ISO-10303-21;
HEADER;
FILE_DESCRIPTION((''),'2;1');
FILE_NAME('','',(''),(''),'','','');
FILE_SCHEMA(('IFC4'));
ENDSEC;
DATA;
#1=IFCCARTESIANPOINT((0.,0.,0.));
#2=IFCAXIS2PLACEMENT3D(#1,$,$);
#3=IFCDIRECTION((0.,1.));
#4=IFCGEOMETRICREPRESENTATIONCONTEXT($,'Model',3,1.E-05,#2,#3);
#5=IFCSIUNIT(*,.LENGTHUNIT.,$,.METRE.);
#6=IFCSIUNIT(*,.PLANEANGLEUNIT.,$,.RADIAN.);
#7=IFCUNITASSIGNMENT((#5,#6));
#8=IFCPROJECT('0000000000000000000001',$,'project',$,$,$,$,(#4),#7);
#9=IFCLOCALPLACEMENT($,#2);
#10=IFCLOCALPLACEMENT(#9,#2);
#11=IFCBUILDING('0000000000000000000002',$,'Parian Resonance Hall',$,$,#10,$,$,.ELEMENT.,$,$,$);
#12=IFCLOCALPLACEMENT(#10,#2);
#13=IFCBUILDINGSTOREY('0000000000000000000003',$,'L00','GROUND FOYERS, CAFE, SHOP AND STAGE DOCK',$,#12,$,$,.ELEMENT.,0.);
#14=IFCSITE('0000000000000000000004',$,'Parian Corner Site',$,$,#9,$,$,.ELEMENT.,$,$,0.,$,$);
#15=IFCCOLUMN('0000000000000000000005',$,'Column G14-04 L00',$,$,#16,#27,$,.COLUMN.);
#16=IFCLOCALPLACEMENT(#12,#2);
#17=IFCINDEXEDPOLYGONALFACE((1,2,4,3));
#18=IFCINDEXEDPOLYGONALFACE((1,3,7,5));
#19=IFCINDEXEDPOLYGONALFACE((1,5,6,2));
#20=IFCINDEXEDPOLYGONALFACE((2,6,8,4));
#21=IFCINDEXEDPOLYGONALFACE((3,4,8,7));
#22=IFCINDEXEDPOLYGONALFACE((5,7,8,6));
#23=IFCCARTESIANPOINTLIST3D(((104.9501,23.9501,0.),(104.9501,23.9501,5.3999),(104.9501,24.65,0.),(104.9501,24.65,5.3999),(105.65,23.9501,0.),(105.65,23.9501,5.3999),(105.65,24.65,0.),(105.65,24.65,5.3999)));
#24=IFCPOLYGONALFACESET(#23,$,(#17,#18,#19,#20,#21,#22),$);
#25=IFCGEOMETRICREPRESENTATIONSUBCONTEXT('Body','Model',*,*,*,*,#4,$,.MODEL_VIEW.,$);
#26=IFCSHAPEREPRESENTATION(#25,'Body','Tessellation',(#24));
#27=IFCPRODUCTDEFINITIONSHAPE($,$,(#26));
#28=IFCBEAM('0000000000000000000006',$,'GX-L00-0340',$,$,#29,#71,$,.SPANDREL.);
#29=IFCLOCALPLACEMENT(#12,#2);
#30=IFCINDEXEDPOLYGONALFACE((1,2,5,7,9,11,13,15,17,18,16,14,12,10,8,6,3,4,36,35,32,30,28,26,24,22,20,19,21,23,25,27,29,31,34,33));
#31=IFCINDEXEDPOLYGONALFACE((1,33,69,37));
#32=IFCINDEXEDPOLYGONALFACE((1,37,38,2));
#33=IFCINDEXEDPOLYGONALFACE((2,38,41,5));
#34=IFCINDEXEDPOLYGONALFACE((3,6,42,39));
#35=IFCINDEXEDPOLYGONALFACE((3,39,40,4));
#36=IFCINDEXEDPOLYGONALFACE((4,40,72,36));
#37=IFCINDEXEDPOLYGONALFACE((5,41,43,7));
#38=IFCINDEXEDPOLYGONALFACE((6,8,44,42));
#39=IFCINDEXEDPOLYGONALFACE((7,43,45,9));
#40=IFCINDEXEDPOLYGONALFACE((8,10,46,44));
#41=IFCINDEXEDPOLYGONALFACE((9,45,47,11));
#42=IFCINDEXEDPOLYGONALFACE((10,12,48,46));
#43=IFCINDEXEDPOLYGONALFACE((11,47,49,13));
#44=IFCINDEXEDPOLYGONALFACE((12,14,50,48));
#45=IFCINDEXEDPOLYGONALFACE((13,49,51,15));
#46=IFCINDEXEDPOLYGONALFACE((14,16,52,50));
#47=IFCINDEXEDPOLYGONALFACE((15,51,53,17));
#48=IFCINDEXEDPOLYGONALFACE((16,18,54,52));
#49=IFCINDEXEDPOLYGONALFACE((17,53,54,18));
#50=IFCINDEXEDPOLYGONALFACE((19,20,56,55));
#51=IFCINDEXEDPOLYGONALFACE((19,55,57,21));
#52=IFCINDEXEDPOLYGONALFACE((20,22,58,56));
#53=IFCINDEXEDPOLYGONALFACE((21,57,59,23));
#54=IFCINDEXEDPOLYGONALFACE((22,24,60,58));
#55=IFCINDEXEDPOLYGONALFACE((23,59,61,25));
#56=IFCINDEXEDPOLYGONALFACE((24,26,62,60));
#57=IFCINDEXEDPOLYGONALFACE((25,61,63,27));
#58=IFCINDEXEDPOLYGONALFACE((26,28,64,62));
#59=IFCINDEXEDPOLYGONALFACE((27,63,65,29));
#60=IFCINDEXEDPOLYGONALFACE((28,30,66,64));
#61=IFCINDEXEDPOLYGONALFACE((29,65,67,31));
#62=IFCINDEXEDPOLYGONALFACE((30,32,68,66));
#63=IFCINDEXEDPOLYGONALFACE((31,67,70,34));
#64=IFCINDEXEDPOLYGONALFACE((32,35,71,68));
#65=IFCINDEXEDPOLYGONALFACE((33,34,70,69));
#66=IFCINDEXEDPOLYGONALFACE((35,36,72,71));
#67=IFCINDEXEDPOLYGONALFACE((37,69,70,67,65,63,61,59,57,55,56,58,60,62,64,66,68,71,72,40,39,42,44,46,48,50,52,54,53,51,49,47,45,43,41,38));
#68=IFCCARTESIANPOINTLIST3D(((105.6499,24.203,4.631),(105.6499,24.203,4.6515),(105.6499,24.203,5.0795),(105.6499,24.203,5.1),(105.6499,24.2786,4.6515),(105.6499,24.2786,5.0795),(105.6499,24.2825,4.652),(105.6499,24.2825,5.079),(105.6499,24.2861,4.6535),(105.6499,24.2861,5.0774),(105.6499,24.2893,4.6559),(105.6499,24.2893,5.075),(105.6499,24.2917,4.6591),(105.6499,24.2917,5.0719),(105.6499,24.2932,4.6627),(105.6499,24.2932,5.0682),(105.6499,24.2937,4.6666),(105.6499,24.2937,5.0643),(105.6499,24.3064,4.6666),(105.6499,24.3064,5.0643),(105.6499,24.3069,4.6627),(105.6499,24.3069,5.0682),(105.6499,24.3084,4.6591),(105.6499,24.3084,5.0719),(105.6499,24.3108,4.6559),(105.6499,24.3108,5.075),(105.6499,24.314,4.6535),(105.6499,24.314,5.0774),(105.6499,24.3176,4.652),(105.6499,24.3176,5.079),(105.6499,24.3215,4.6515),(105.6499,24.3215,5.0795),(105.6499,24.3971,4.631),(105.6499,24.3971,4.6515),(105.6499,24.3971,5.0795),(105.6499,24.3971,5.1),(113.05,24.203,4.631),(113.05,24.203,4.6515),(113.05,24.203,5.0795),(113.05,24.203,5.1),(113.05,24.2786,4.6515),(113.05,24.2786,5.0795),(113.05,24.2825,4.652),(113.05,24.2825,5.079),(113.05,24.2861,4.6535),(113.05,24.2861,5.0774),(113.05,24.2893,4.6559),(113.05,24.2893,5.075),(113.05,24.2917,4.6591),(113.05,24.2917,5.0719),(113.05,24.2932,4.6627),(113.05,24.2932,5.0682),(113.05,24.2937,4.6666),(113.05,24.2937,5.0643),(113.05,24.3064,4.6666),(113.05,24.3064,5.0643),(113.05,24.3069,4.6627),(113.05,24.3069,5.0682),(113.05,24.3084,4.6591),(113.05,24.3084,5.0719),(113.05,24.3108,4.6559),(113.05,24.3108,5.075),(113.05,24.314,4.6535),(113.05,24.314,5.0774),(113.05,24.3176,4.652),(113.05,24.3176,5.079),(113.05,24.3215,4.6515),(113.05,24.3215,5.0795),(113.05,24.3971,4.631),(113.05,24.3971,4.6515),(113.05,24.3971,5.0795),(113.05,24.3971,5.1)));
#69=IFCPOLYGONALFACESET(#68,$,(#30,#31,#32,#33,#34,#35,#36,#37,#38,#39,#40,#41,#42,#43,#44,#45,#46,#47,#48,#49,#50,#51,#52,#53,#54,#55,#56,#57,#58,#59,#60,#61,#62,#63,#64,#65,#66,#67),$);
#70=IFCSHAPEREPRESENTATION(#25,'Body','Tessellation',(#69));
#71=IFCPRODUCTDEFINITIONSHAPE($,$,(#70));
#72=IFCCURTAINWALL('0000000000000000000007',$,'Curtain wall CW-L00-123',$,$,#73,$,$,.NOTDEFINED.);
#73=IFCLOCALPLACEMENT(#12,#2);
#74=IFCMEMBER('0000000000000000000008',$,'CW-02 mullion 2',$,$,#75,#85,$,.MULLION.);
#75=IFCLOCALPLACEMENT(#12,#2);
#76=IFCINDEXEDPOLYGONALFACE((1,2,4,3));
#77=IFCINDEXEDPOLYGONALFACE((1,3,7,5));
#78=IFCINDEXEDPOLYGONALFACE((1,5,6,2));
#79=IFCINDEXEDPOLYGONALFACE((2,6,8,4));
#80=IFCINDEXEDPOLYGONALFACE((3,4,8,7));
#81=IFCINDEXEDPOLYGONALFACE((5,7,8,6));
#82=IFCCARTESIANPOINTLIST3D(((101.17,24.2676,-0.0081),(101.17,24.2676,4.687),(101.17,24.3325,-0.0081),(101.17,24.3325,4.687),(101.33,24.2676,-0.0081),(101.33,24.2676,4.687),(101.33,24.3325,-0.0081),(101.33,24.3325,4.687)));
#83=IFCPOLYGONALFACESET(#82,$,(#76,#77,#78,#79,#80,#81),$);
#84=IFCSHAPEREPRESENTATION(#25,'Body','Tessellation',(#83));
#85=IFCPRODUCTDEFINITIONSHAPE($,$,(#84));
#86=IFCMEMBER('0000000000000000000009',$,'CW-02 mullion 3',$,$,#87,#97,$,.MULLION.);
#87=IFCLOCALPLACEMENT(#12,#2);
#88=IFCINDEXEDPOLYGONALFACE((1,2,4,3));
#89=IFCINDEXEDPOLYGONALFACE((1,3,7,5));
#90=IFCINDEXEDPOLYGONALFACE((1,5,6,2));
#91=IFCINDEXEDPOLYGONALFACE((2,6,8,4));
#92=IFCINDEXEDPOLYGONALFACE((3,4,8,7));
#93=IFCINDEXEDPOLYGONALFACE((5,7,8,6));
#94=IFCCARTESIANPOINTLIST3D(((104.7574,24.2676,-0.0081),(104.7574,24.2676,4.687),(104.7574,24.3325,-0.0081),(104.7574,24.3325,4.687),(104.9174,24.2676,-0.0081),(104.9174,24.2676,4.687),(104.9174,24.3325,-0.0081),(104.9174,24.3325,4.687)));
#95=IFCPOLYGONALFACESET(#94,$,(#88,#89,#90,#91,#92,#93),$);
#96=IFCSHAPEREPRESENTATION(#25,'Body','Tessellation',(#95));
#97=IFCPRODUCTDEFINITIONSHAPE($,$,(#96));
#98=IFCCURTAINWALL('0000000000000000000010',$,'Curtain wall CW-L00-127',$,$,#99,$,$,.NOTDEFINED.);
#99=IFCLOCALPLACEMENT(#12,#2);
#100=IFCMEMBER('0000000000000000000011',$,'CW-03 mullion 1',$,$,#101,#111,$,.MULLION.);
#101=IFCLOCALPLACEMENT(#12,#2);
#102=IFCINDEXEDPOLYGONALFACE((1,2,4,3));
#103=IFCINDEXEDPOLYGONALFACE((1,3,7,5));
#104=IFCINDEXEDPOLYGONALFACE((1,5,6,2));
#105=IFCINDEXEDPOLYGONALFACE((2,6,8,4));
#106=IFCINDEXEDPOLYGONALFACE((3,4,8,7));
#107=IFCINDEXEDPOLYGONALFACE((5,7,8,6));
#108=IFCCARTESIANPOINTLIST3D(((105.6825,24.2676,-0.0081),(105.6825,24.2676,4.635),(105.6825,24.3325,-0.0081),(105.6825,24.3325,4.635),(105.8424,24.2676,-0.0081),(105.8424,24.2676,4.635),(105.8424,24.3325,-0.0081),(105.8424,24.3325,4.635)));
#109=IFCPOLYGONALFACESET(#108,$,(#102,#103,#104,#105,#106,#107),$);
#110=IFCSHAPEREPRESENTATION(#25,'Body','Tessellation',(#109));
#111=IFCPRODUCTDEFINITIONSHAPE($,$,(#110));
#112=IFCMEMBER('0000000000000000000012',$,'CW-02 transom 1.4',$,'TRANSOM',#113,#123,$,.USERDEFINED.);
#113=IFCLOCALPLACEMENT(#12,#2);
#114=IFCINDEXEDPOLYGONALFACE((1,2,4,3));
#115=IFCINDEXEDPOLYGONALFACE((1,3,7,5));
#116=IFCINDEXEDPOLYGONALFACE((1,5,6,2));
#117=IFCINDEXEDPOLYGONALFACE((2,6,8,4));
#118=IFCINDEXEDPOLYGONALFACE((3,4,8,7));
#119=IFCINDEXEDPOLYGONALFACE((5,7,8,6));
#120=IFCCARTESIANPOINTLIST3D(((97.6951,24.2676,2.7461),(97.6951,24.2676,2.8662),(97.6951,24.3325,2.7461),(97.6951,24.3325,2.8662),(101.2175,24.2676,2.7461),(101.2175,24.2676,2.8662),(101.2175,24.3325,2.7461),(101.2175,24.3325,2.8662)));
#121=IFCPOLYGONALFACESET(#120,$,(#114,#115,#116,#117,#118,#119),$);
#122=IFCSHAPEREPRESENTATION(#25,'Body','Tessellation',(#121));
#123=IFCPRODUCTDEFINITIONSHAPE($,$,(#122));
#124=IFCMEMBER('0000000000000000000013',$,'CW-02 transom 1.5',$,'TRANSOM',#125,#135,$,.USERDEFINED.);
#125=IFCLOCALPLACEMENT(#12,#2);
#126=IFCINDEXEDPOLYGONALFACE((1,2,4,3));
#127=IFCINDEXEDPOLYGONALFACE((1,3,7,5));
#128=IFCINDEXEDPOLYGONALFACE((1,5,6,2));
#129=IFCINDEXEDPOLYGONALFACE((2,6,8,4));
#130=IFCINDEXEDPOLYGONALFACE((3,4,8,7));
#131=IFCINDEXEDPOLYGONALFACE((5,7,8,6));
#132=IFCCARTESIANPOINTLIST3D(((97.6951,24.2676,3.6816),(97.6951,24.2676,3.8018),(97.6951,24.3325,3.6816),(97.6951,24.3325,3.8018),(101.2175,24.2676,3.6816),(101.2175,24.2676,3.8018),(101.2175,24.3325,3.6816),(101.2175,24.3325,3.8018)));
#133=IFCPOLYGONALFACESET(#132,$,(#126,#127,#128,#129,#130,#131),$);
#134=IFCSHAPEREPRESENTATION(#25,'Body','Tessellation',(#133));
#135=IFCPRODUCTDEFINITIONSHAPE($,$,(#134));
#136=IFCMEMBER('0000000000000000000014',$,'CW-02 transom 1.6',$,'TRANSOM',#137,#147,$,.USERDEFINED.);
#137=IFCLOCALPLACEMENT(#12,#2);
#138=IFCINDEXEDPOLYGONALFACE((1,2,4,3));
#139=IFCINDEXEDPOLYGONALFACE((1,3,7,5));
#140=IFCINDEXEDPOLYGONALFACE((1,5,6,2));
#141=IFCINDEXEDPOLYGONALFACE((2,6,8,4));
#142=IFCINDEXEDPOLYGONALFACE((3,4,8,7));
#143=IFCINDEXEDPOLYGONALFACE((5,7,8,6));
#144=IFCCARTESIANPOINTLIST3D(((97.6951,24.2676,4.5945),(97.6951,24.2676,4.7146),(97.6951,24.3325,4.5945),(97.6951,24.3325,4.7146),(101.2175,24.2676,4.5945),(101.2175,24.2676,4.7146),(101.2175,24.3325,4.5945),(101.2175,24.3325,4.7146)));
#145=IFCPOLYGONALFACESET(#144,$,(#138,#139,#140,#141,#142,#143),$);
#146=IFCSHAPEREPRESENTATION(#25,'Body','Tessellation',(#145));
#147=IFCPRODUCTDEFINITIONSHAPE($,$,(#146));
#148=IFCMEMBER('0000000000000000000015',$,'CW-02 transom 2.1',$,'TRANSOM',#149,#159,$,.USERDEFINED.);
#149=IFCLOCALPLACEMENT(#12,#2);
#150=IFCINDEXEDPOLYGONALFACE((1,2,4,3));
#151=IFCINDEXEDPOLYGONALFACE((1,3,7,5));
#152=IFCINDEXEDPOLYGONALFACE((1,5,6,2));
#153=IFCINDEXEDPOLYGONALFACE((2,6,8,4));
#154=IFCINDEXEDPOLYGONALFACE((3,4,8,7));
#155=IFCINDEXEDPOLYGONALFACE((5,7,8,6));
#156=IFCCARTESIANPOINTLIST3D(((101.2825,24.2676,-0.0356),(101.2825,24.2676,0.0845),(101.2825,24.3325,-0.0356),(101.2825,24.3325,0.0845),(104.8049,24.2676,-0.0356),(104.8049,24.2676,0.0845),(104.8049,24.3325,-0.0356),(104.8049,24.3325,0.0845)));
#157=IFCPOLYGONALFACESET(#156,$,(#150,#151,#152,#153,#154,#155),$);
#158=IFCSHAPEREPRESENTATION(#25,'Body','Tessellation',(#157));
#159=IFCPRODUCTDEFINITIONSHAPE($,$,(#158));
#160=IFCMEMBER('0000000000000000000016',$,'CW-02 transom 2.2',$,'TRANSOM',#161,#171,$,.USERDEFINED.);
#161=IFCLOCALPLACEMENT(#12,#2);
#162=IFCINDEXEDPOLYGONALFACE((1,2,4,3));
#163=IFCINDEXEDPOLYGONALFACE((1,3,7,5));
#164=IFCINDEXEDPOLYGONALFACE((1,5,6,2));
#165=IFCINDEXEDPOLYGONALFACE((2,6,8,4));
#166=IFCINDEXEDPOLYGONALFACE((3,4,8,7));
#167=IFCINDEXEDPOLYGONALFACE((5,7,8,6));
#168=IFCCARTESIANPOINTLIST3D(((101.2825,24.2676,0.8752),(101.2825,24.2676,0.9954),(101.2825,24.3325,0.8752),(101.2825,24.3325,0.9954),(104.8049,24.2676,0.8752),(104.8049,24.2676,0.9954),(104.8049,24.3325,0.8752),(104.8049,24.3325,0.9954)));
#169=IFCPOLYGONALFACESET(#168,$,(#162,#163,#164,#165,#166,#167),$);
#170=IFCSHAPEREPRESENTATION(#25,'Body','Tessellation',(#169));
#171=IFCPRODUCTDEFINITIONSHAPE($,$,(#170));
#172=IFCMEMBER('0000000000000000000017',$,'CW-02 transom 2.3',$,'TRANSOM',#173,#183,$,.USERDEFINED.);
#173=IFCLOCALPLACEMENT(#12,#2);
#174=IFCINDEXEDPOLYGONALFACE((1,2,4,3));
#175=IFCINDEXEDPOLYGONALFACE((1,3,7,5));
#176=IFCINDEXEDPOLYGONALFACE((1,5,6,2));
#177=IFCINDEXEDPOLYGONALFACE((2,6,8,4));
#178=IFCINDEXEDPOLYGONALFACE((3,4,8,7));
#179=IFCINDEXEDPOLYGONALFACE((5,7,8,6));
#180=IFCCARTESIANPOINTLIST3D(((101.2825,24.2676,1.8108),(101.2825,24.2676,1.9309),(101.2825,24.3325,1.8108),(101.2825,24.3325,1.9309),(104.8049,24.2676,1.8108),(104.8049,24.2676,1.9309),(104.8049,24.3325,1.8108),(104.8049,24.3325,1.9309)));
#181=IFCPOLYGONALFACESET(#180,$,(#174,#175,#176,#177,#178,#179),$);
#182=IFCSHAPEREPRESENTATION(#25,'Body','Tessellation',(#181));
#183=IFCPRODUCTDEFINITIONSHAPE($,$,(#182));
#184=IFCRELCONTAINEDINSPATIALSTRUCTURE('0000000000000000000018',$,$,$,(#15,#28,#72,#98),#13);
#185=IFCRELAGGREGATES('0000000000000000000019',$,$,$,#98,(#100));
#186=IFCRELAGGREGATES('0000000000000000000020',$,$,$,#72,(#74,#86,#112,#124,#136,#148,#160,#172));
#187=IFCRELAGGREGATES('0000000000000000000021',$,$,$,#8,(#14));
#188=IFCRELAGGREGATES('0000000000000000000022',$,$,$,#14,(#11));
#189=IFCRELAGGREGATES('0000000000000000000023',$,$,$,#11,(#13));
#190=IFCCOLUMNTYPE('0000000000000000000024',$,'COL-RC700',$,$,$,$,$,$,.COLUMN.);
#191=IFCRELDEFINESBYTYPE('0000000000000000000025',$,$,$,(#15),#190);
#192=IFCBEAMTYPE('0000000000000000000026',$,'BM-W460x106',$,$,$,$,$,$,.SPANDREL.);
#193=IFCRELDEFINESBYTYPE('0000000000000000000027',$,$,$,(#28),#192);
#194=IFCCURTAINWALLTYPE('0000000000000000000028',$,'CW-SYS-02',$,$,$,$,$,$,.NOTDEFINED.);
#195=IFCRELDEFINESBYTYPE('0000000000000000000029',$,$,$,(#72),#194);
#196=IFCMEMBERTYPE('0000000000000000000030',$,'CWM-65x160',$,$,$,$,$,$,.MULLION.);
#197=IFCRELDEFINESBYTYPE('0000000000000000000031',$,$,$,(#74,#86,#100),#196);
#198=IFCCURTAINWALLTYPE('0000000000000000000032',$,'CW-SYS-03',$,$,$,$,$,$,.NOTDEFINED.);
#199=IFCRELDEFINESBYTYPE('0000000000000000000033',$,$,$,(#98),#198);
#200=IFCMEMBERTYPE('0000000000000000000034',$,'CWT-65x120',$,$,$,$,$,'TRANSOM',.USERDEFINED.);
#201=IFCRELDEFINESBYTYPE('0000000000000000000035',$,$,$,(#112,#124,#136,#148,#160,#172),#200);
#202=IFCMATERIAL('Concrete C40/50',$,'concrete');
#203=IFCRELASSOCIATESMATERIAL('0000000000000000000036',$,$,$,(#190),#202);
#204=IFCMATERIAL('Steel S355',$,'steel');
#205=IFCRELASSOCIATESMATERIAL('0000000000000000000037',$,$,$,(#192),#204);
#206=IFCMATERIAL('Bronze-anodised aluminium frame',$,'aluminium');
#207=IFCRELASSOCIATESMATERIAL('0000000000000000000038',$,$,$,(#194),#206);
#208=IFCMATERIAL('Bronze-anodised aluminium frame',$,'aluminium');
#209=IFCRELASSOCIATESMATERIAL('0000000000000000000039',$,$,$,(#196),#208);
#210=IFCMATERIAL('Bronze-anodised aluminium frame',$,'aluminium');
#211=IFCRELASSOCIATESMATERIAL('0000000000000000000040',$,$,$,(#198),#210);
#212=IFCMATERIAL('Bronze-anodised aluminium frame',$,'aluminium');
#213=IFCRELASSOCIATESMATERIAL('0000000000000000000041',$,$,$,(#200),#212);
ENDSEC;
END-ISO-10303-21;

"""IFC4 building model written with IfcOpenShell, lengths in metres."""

from ifc_helpers import new_model, si_unit, direction, frame, origin, origin_2d, place, context, subcontext, project, spatial, rectangle, i_section, extrude, material, material_profile, profile_set, type_object, element, aggregate, save


model = new_model("IFC4")

# Units and contexts
model_context = context("Model", 3, precision=1e-05, world=origin(), true_north=direction((0.0, 1.0)))
body_context = subcontext(model_context, "Body", "Model", "MODEL_VIEW")
ifc_project = project(units=[si_unit("LENGTHUNIT", "METRE"), si_unit("PLANEANGLEUNIT", "RADIAN")], contexts=[model_context])

# Site, building, storey
site_placement = place(None, origin())
site = spatial("IfcSite", under=ifc_project, at=site_placement, Name="Parian Corner Site", CompositionType="ELEMENT", RefElevation=0.0)
building_placement = place(site_placement, origin())
building = spatial("IfcBuilding", under=site, at=building_placement, Name="Parian Resonance Hall", CompositionType="ELEMENT")
storey_placement = place(building_placement, origin())
storey = spatial("IfcBuildingStorey", under=building, at=storey_placement, Name="L00", Description="GROUND FOYERS, CAFE, SHOP AND STAGE DOCK", CompositionType="ELEMENT", Elevation=0.0)

# Column
ifc_material_1 = material(Name="Concrete C40/50", Category="concrete")
ifc_material_profile_1 = material_profile(ifc_material_1, rectangle(XDim=0.7, YDim=0.7, at=origin_2d()), Name="RC-COL-700x700")
ifc_profile_set_1 = profile_set([ifc_material_profile_1], Name="Concrete C40/50")
column_type = type_object("IfcColumnType", Name="COL-RC700", PredefinedType="COLUMN", material=ifc_profile_set_1)
column_placement = place(storey_placement, frame((105.3, 24.3, 0.0), z_axis=(0.0, 0.0, 1.0), x_axis=(1.0, 0.0, 0.0)))
element("IfcColumn", 1, at=column_placement, inside=storey, type_object=column_type, Name="Column G14-04 L00", PredefinedType="COLUMN", context=body_context, shape_type="SweptSolid", body=[
    extrude(rectangle(XDim=0.7, YDim=0.7, at=origin_2d()), origin(), (0.0, 0.0, 1.0), 5.3999),
])

# Beam
ifc_material_2 = material(Name="Steel S355", Category="steel")
ifc_material_profile_2 = material_profile(ifc_material_2, i_section(OverallWidth=0.1941, OverallDepth=0.469, WebThickness=0.0127, FlangeThickness=0.0205, FilletRadius=0.0151, at=origin_2d()), Name="W460x106")
ifc_profile_set_2 = profile_set([ifc_material_profile_2], Name="Steel S355")
beam_type = type_object("IfcBeamType", Name="BM-W460x106", PredefinedType="SPANDREL", material=ifc_profile_set_2)
beam_placement = place(storey_placement, frame((105.6499, 24.3, 4.8655), z_axis=(1.0, 0.0, 0.0), x_axis=(0.0, 1.0, 0.0)))
element("IfcBeam", 2, at=beam_placement, inside=storey, type_object=beam_type, Name="GX-L00-0340", PredefinedType="SPANDREL", context=body_context, shape_type="SweptSolid", body=[
    extrude(i_section(OverallWidth=0.1941, OverallDepth=0.469, WebThickness=0.0127, FlangeThickness=0.0205, FilletRadius=0.0151, at=origin_2d()), origin(), (0.0, 0.0, 1.0), 7.4001),
])

# Curtain wall, members
ifc_material_3 = material(Name="Bronze-anodised aluminium frame", Category="aluminium")
curtain_wall_type_1 = type_object("IfcCurtainWallType", Name="CW-SYS-02", PredefinedType="NOTDEFINED", material=ifc_material_3)
curtain_wall_1_placement = place(storey_placement, origin())
curtain_wall_1 = element("IfcCurtainWall", 3, at=curtain_wall_1_placement, inside=storey, type_object=curtain_wall_type_1, Name="Curtain wall CW-L00-123", PredefinedType="NOTDEFINED")
ifc_material_4 = material(Name="Bronze-anodised aluminium frame", Category="aluminium")
ifc_material_profile_3 = material_profile(ifc_material_4, rectangle(XDim=0.0649, YDim=0.1599, at=origin_2d()), Name="CWM-65x160")
ifc_profile_set_3 = profile_set([ifc_material_profile_3], Name="Bronze-anodised aluminium frame")
member_type_1 = type_object("IfcMemberType", Name="CWM-65x160", PredefinedType="MULLION", material=ifc_profile_set_3)
member_1_placement = place(storey_placement, frame((101.25, 24.3, -0.0081), z_axis=(0.0, 0.0, 1.0), x_axis=(0.0, 1.0, 0.0)))
member_1 = element("IfcMember", 4, at=member_1_placement, type_object=member_type_1, Name="CW-02 mullion 2", PredefinedType="MULLION", context=body_context, shape_type="SweptSolid", body=[
    extrude(rectangle(XDim=0.0649, YDim=0.1599, at=origin_2d()), origin(), (0.0, 0.0, 1.0), 4.6951),
])
member_2_placement = place(storey_placement, frame((104.8374, 24.3, -0.0081), z_axis=(0.0, 0.0, 1.0), x_axis=(0.0, 1.0, 0.0)))
member_2 = element("IfcMember", 5, at=member_2_placement, type_object=member_type_1, Name="CW-02 mullion 3", PredefinedType="MULLION", context=body_context, shape_type="SweptSolid", body=[
    extrude(rectangle(XDim=0.0649, YDim=0.1599, at=origin_2d()), origin(), (0.0, 0.0, 1.0), 4.6951),
])

# Curtain wall, member
ifc_material_5 = material(Name="Bronze-anodised aluminium frame", Category="aluminium")
curtain_wall_type_2 = type_object("IfcCurtainWallType", Name="CW-SYS-03", PredefinedType="NOTDEFINED", material=ifc_material_5)
curtain_wall_2_placement = place(storey_placement, origin())
curtain_wall_2 = element("IfcCurtainWall", 6, at=curtain_wall_2_placement, inside=storey, type_object=curtain_wall_type_2, Name="Curtain wall CW-L00-127", PredefinedType="NOTDEFINED")
member_3_placement = place(storey_placement, frame((105.7625, 24.3, -0.0081), z_axis=(0.0, 0.0, 1.0), x_axis=(0.0, 1.0, 0.0)))
member_3 = element("IfcMember", 7, at=member_3_placement, type_object=member_type_1, Name="CW-03 mullion 1", PredefinedType="MULLION", context=body_context, shape_type="SweptSolid", body=[
    extrude(rectangle(XDim=0.0649, YDim=0.1599, at=origin_2d()), origin(), (0.0, 0.0, 1.0), 4.6431),
])

# Members
ifc_material_6 = material(Name="Bronze-anodised aluminium frame", Category="aluminium")
ifc_material_profile_4 = material_profile(ifc_material_6, rectangle(XDim=0.0649, YDim=0.1201, at=origin_2d()), Name="CWT-65x120")
ifc_profile_set_4 = profile_set([ifc_material_profile_4], Name="Bronze-anodised aluminium frame")
member_type_2 = type_object("IfcMemberType", Name="CWT-65x120", ElementType="TRANSOM", PredefinedType="USERDEFINED", material=ifc_profile_set_4)
member_4_placement = place(storey_placement, frame((97.6951, 24.3, 2.8062), z_axis=(1.0, 0.0, 0.0), x_axis=(0.0, 1.0, 0.0)))
member_4 = element("IfcMember", 8, at=member_4_placement, type_object=member_type_2, Name="CW-02 transom 1.4", ObjectType="TRANSOM", PredefinedType="USERDEFINED", context=body_context, shape_type="SweptSolid", body=[
    extrude(rectangle(XDim=0.0649, YDim=0.1201, at=origin_2d()), origin(), (0.0, 0.0, 1.0), 3.5225),
])
member_5_placement = place(storey_placement, frame((97.6951, 24.3, 3.7417), z_axis=(1.0, 0.0, 0.0), x_axis=(0.0, 1.0, 0.0)))
member_5 = element("IfcMember", 9, at=member_5_placement, type_object=member_type_2, Name="CW-02 transom 1.5", ObjectType="TRANSOM", PredefinedType="USERDEFINED", context=body_context, shape_type="SweptSolid", body=[
    extrude(rectangle(XDim=0.0649, YDim=0.1201, at=origin_2d()), origin(), (0.0, 0.0, 1.0), 3.5225),
])
member_6_placement = place(storey_placement, frame((97.6951, 24.3, 4.6545), z_axis=(1.0, 0.0, 0.0), x_axis=(0.0, 1.0, 0.0)))
member_6 = element("IfcMember", 10, at=member_6_placement, type_object=member_type_2, Name="CW-02 transom 1.6", ObjectType="TRANSOM", PredefinedType="USERDEFINED", context=body_context, shape_type="SweptSolid", body=[
    extrude(rectangle(XDim=0.0649, YDim=0.1201, at=origin_2d()), origin(), (0.0, 0.0, 1.0), 3.5225),
])
member_7_placement = place(storey_placement, frame((101.2825, 24.3, 0.0244), z_axis=(1.0, 0.0, 0.0), x_axis=(0.0, 1.0, 0.0)))
member_7 = element("IfcMember", 11, at=member_7_placement, type_object=member_type_2, Name="CW-02 transom 2.1", ObjectType="TRANSOM", PredefinedType="USERDEFINED", context=body_context, shape_type="SweptSolid", body=[
    extrude(rectangle(XDim=0.0649, YDim=0.1201, at=origin_2d()), origin(), (0.0, 0.0, 1.0), 3.5225),
])
member_8_placement = place(storey_placement, frame((101.2825, 24.3, 0.9353), z_axis=(1.0, 0.0, 0.0), x_axis=(0.0, 1.0, 0.0)))
member_8 = element("IfcMember", 12, at=member_8_placement, type_object=member_type_2, Name="CW-02 transom 2.2", ObjectType="TRANSOM", PredefinedType="USERDEFINED", context=body_context, shape_type="SweptSolid", body=[
    extrude(rectangle(XDim=0.0649, YDim=0.1201, at=origin_2d()), origin(), (0.0, 0.0, 1.0), 3.5225),
])
member_9_placement = place(storey_placement, frame((101.2825, 24.3, 1.8708), z_axis=(1.0, 0.0, 0.0), x_axis=(0.0, 1.0, 0.0)))
member_9 = element("IfcMember", 13, at=member_9_placement, type_object=member_type_2, Name="CW-02 transom 2.3", ObjectType="TRANSOM", PredefinedType="USERDEFINED", context=body_context, shape_type="SweptSolid", body=[
    extrude(rectangle(XDim=0.0649, YDim=0.1201, at=origin_2d()), origin(), (0.0, 0.0, 1.0), 3.5225),
])
aggregate(curtain_wall_2, [member_3])

aggregate(curtain_wall_1, [member_1, member_2, member_4, member_5, member_6, member_7, member_8, member_9])

save(model, "model.ifc")
